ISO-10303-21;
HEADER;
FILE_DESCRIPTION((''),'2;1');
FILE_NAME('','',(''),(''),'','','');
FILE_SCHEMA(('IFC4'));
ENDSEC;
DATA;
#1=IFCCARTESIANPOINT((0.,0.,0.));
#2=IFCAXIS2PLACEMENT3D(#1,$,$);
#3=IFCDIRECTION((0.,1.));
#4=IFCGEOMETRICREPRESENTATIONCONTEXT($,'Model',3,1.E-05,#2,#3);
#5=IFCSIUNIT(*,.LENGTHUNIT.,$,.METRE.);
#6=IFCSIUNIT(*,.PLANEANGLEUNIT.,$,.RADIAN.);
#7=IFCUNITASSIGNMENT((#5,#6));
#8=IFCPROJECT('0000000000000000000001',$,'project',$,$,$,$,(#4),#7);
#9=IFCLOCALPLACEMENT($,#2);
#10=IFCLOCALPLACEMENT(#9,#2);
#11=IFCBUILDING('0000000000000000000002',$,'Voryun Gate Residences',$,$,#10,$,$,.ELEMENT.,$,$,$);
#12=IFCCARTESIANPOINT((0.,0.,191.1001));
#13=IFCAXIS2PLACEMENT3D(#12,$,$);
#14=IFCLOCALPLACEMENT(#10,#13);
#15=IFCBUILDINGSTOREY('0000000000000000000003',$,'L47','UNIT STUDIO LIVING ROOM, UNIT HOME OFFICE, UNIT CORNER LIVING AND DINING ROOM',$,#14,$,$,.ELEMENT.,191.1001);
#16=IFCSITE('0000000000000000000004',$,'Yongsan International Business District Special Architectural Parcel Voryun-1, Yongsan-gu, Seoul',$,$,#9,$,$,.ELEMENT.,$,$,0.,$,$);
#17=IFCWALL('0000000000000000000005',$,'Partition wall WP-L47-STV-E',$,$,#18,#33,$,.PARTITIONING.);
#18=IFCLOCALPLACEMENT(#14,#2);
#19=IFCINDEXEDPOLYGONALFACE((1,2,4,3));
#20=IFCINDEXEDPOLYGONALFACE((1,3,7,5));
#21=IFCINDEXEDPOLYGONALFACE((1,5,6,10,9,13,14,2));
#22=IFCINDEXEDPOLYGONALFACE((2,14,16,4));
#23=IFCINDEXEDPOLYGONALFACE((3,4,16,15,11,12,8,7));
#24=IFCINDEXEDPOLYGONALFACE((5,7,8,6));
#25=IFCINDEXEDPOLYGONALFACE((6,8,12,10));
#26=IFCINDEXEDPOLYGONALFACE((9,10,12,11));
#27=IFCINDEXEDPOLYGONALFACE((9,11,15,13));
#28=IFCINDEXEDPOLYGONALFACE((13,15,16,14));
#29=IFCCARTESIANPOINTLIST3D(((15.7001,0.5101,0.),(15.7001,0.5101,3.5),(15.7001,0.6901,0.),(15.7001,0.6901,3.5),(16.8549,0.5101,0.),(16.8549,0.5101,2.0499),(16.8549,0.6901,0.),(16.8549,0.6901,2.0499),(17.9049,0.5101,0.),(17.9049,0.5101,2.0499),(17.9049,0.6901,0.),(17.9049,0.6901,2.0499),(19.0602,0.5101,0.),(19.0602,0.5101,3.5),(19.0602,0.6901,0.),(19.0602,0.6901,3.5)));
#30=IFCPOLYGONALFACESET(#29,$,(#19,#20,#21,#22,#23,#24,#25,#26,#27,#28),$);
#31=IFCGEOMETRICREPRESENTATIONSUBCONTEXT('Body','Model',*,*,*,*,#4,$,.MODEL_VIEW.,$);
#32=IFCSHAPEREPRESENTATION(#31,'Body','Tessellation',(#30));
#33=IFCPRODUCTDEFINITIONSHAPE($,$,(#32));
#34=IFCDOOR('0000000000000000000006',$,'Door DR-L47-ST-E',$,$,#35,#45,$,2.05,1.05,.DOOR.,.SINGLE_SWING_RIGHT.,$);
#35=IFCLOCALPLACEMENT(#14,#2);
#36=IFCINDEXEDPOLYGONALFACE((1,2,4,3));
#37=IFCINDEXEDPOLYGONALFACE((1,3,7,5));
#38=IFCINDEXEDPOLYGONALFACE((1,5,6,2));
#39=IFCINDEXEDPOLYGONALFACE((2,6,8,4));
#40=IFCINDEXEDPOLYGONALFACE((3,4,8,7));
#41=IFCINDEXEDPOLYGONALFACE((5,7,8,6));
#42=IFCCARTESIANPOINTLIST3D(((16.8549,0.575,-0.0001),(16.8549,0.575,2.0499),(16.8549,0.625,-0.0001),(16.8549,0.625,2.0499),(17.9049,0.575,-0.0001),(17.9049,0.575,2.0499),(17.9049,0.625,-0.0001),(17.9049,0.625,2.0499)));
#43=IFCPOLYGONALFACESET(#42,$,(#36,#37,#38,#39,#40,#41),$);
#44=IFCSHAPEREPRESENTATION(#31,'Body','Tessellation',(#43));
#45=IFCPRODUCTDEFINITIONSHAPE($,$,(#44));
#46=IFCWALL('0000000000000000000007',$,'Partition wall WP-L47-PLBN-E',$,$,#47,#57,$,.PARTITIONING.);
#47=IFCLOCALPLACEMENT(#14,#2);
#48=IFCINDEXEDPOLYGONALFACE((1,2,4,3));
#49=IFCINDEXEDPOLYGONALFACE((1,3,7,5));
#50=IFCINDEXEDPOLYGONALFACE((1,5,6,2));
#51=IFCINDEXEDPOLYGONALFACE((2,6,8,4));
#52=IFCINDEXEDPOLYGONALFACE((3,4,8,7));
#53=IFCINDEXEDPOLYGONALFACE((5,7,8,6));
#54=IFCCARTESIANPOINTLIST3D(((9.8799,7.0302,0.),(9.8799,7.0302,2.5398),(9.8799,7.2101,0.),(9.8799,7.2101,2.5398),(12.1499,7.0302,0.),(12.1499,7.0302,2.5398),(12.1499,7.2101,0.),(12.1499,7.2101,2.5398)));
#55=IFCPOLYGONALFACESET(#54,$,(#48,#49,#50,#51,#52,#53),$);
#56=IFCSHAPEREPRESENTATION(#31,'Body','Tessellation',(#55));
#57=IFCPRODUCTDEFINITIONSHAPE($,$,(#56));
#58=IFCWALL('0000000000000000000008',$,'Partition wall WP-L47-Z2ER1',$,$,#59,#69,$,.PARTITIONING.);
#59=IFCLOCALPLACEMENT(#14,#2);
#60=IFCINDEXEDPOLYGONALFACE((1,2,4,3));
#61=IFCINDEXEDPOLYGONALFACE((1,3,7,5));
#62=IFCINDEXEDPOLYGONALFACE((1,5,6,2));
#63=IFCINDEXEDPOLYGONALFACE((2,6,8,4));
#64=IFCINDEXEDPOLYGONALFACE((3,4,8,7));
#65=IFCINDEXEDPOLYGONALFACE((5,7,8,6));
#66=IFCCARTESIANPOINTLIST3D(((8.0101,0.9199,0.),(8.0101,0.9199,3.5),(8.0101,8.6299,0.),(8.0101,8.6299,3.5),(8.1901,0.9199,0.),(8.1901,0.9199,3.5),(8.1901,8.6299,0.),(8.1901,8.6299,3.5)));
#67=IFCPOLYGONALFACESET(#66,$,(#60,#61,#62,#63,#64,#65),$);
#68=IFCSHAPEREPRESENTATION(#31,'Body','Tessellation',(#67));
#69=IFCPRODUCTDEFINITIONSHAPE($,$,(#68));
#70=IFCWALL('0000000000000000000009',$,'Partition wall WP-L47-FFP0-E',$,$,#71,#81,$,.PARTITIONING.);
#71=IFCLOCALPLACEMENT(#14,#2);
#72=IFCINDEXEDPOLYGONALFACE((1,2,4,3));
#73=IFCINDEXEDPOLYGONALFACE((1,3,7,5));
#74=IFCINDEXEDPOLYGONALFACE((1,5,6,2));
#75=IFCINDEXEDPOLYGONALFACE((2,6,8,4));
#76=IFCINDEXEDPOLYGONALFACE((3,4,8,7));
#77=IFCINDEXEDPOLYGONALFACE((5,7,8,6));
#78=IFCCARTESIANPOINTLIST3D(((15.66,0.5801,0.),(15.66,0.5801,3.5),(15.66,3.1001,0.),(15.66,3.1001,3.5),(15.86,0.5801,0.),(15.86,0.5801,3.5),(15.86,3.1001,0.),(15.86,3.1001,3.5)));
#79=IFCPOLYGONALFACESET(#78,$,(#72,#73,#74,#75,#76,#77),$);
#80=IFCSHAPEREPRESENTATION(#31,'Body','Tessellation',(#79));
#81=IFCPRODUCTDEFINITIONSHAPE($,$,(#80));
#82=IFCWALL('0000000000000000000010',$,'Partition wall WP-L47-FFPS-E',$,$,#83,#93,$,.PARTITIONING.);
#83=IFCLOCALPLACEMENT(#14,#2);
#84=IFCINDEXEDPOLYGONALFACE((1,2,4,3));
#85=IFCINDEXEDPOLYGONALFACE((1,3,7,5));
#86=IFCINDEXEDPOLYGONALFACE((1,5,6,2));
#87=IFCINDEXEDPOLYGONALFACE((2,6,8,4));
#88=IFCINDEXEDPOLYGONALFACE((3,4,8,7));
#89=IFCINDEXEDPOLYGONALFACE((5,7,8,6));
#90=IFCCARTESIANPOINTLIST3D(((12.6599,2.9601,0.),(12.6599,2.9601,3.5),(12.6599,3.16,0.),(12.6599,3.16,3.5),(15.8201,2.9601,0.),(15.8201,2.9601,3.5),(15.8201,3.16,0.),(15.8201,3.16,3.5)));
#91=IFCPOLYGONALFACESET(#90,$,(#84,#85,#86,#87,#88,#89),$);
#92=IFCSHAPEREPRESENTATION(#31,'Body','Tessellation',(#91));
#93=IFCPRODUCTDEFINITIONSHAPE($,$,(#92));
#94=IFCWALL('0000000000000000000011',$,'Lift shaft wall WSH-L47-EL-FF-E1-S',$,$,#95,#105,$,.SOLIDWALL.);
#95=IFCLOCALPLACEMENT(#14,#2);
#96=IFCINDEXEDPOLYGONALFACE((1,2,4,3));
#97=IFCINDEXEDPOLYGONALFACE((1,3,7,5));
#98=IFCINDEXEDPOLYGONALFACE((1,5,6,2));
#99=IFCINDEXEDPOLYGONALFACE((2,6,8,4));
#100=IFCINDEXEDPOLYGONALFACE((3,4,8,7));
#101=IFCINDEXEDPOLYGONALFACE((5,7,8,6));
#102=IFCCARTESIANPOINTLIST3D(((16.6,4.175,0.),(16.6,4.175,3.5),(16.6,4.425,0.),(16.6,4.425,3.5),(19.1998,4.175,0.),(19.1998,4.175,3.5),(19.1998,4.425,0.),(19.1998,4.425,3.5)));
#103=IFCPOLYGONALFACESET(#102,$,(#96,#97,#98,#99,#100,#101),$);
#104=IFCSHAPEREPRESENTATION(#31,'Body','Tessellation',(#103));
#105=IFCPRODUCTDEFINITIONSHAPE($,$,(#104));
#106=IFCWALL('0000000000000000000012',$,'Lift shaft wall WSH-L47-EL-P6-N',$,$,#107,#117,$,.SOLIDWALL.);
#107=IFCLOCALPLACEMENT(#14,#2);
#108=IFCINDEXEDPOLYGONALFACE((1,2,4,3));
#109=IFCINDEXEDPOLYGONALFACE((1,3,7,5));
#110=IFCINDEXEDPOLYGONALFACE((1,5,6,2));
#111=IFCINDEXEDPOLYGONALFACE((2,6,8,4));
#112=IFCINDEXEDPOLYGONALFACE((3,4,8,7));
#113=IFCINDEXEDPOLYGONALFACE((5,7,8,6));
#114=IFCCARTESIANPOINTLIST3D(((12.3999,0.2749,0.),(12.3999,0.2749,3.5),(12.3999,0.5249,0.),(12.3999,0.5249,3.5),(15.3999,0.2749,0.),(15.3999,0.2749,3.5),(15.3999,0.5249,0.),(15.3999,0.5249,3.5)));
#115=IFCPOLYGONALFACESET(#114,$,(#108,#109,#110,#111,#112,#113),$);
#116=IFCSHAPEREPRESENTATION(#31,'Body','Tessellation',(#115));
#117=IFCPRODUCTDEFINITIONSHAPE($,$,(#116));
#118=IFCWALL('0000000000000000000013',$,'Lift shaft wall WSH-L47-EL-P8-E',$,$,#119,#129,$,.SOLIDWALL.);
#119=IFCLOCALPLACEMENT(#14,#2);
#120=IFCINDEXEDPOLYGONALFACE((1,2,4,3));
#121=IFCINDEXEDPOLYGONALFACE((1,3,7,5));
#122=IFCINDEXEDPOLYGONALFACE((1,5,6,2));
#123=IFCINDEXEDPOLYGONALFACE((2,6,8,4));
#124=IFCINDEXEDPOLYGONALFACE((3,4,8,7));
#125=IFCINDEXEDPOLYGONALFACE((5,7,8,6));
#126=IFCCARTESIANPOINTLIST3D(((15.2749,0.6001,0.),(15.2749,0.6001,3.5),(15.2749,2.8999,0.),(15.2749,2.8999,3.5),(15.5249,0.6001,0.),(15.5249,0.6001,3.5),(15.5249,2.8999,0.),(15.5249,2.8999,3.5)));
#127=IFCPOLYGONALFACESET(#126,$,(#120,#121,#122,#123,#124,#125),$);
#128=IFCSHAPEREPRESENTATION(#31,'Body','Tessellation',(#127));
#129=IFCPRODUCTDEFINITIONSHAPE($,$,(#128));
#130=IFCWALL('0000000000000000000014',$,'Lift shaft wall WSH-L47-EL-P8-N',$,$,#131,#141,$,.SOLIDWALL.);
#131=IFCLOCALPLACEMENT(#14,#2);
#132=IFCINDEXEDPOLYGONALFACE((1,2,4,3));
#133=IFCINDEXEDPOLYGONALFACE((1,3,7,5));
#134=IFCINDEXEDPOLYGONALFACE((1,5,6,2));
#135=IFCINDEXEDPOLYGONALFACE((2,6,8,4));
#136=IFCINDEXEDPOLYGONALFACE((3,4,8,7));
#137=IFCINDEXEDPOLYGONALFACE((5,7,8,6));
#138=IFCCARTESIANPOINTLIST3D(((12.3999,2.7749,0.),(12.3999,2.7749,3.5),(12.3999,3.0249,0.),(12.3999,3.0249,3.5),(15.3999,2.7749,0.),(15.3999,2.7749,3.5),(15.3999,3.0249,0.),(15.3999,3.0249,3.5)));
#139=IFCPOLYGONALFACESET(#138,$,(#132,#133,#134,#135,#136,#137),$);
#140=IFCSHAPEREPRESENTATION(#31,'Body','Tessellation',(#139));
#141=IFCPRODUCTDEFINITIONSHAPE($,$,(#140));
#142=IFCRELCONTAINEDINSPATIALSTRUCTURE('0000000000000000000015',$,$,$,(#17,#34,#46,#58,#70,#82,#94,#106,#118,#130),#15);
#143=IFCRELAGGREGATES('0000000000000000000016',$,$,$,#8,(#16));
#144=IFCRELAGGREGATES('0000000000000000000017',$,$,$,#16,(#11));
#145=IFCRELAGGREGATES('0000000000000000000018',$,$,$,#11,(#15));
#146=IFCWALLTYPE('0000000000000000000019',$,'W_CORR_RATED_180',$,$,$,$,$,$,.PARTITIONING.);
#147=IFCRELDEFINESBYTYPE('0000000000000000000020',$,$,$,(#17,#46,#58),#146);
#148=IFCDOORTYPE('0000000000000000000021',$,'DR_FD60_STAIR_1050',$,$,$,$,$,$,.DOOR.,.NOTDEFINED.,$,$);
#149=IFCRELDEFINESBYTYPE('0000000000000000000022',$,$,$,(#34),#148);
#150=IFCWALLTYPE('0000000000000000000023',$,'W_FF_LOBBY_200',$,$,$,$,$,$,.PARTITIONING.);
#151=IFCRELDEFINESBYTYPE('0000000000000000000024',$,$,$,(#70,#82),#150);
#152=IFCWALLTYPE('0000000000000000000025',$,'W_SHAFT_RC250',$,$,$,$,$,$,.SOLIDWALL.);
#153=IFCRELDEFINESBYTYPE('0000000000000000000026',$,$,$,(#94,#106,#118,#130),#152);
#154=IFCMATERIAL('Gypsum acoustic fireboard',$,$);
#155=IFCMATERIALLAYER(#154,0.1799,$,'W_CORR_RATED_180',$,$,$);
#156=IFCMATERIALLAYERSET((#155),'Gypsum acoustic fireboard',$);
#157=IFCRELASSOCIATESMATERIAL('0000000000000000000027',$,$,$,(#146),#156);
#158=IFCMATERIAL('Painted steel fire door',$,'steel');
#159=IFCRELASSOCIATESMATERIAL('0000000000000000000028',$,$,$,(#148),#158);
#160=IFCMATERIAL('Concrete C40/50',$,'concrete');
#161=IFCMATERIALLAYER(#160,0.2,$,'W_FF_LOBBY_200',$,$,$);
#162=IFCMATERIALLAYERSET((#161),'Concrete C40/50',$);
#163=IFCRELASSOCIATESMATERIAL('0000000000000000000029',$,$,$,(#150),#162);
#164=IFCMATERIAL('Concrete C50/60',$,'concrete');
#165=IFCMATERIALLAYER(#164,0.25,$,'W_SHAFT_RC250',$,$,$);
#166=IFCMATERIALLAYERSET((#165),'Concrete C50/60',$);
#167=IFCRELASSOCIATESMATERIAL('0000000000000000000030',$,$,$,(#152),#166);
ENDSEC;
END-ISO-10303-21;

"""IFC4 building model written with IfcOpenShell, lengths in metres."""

from ifc_helpers import new_model, si_unit, direction, frame, frame_2d, origin, place, context, subcontext, project, spatial, rectangle, extrude, material, layer, layer_set, type_object, element, fill, save


model = new_model("IFC4")

# Units and contexts
model_context = context("Model", 3, precision=1e-05, world=origin(), true_north=direction((0.0, 1.0)))
body_context = subcontext(model_context, "Body", "Model", "MODEL_VIEW")
ifc_project = project(units=[si_unit("LENGTHUNIT", "METRE"), si_unit("PLANEANGLEUNIT", "RADIAN")], contexts=[model_context])

# Site, building, storey
site_placement = place(None, origin())
site = spatial("IfcSite", under=ifc_project, at=site_placement, Name="Yongsan International Business District Special Architectural Parcel Voryun-1, Yongsan-gu, Seoul", CompositionType="ELEMENT", RefElevation=0.0)
building_placement = place(site_placement, origin())
building = spatial("IfcBuilding", under=site, at=building_placement, Name="Voryun Gate Residences", CompositionType="ELEMENT")
storey_placement = place(building_placement, frame((0.0, 0.0, 191.1001)))
storey = spatial("IfcBuildingStorey", under=building, at=storey_placement, Name="L47", Description="UNIT STUDIO LIVING ROOM, UNIT HOME OFFICE, UNIT CORNER LIVING AND DINING ROOM", CompositionType="ELEMENT", Elevation=191.1001)

# Wall, opening, door
ifc_material_1 = material(Name="Gypsum acoustic fireboard")
ifc_layer_1 = layer(ifc_material_1, 0.1799, Name="W_CORR_RATED_180")
ifc_layer_set_1 = layer_set([ifc_layer_1], Name="Gypsum acoustic fireboard")
wall_type_1 = type_object("IfcWallType", Name="W_CORR_RATED_180", PredefinedType="PARTITIONING", material=ifc_layer_set_1)
wall_1_placement = place(storey_placement, frame((15.7, 0.6001, 0.0), z_axis=(0.0, 0.0, 1.0), x_axis=(1.0, 0.0, 0.0)))
wall_1 = element("IfcWall", 1, at=wall_1_placement, inside=storey, type_object=wall_type_1, Name="Partition wall WP-L47-STV-E", PredefinedType="PARTITIONING", context=body_context, shape_type="SweptSolid", body=[
    extrude(rectangle(XDim=3.3601, YDim=0.1799, at=frame_2d((1.6802, 0.0))), origin(), (0.0, 0.0, 1.0), 3.5),
])
opening_placement = place(wall_1_placement, frame((1.155, 0.0, 0.0)))
opening = element("IfcOpeningElement", 2, at=opening_placement, cuts=wall_1, PredefinedType="OPENING", context=body_context, shape_type="SweptSolid", body=[
    extrude(rectangle(XDim=1.05, YDim=2.05, at=frame_2d((0.5249, 1.0249))), frame((0.0, 0.0999, 0.0), z_axis=(0.0, -1.0, 0.0), x_axis=(1.0, 0.0, 0.0)), (0.0, 0.0, 1.0), 0.2),
])
ifc_material_2 = material(Name="Painted steel fire door", Category="steel")
door_type = type_object("IfcDoorType", Name="DR_FD60_STAIR_1050", OperationType="NOTDEFINED", PredefinedType="DOOR", material=ifc_material_2)
door_placement = place(opening_placement, origin())
door = element("IfcDoor", 3, at=door_placement, inside=storey, type_object=door_type, Name="Door DR-L47-ST-E", OperationType="SINGLE_SWING_RIGHT", OverallHeight=2.05, OverallWidth=1.05, PredefinedType="DOOR", context=body_context, shape_type="SweptSolid", body=[
    extrude(rectangle(XDim=1.05, YDim=2.05, at=frame_2d((0.5249, 1.0249))), frame((0.0, 0.0249, 0.0), z_axis=(0.0, -1.0, 0.0), x_axis=(1.0, 0.0, 0.0)), (0.0, 0.0, 1.0), 0.05),
])
fill(opening, door)

# Walls
wall_2_placement = place(storey_placement, frame((9.8799, 7.1201, 0.0), z_axis=(0.0, 0.0, 1.0), x_axis=(1.0, 0.0, 0.0)))
element("IfcWall", 4, at=wall_2_placement, inside=storey, type_object=wall_type_1, Name="Partition wall WP-L47-PLBN-E", PredefinedType="PARTITIONING", context=body_context, shape_type="SweptSolid", body=[
    extrude(rectangle(XDim=2.27, YDim=0.1799, at=frame_2d((1.135, 0.0))), origin(), (0.0, 0.0, 1.0), 2.5398),
])
wall_3_placement = place(storey_placement, frame((8.1001, 0.9199, 0.0), z_axis=(0.0, 0.0, 1.0), x_axis=(0.0, 1.0, 0.0)))
element("IfcWall", 5, at=wall_3_placement, inside=storey, type_object=wall_type_1, Name="Partition wall WP-L47-Z2ER1", PredefinedType="PARTITIONING", context=body_context, shape_type="SweptSolid", body=[
    extrude(rectangle(XDim=7.71, YDim=0.1799, at=frame_2d((3.855, 0.0))), origin(), (0.0, 0.0, 1.0), 3.5),
])
ifc_material_3 = material(Name="Concrete C40/50", Category="concrete")
ifc_layer_2 = layer(ifc_material_3, 0.2, Name="W_FF_LOBBY_200")
ifc_layer_set_2 = layer_set([ifc_layer_2], Name="Concrete C40/50")
wall_type_2 = type_object("IfcWallType", Name="W_FF_LOBBY_200", PredefinedType="PARTITIONING", material=ifc_layer_set_2)
wall_4_placement = place(storey_placement, frame((15.76, 0.5801, 0.0), z_axis=(0.0, 0.0, 1.0), x_axis=(0.0, 1.0, 0.0)))
element("IfcWall", 6, at=wall_4_placement, inside=storey, type_object=wall_type_2, Name="Partition wall WP-L47-FFP0-E", PredefinedType="PARTITIONING", context=body_context, shape_type="SweptSolid", body=[
    extrude(rectangle(XDim=2.52, YDim=0.2, at=frame_2d((1.26, 0.0))), origin(), (0.0, 0.0, 1.0), 3.5),
])
wall_5_placement = place(storey_placement, frame((12.6599, 3.0601, 0.0), z_axis=(0.0, 0.0, 1.0), x_axis=(1.0, 0.0, 0.0)))
element("IfcWall", 7, at=wall_5_placement, inside=storey, type_object=wall_type_2, Name="Partition wall WP-L47-FFPS-E", PredefinedType="PARTITIONING", context=body_context, shape_type="SweptSolid", body=[
    extrude(rectangle(XDim=3.1602, YDim=0.2, at=frame_2d((1.5801, 0.0))), origin(), (0.0, 0.0, 1.0), 3.5),
])
ifc_material_4 = material(Name="Concrete C50/60", Category="concrete")
ifc_layer_3 = layer(ifc_material_4, 0.25, Name="W_SHAFT_RC250")
ifc_layer_set_3 = layer_set([ifc_layer_3], Name="Concrete C50/60")
wall_type_3 = type_object("IfcWallType", Name="W_SHAFT_RC250", PredefinedType="SOLIDWALL", material=ifc_layer_set_3)
wall_6_placement = place(storey_placement, frame((16.6001, 4.3, 0.0), z_axis=(0.0, 0.0, 1.0), x_axis=(1.0, 0.0, 0.0)))
element("IfcWall", 8, at=wall_6_placement, inside=storey, type_object=wall_type_3, Name="Lift shaft wall WSH-L47-EL-FF-E1-S", PredefinedType="SOLIDWALL", context=body_context, shape_type="SweptSolid", body=[
    extrude(rectangle(XDim=2.5999, YDim=0.25, at=frame_2d((1.2998, 0.0))), origin(), (0.0, 0.0, 1.0), 3.5),
])
wall_7_placement = place(storey_placement, frame((15.3999, 0.3999, 0.0), z_axis=(0.0, 0.0, 1.0), x_axis=(-1.0, 0.0, 0.0)))
element("IfcWall", 9, at=wall_7_placement, inside=storey, type_object=wall_type_3, Name="Lift shaft wall WSH-L47-EL-P6-N", PredefinedType="SOLIDWALL", context=body_context, shape_type="SweptSolid", body=[
    extrude(rectangle(XDim=3.0, YDim=0.25, at=frame_2d((1.5, 0.0))), origin(), (0.0, 0.0, 1.0), 3.5),
])
wall_8_placement = place(storey_placement, frame((15.3999, 0.6001, 0.0), z_axis=(0.0, 0.0, 1.0), x_axis=(0.0, 1.0, 0.0)))
element("IfcWall", 10, at=wall_8_placement, inside=storey, type_object=wall_type_3, Name="Lift shaft wall WSH-L47-EL-P8-E", PredefinedType="SOLIDWALL", context=body_context, shape_type="SweptSolid", body=[
    extrude(rectangle(XDim=2.2998, YDim=0.25, at=frame_2d((1.1499, 0.0))), origin(), (0.0, 0.0, 1.0), 3.5),
])
wall_9_placement = place(storey_placement, frame((15.3999, 2.8999, 0.0), z_axis=(0.0, 0.0, 1.0), x_axis=(-1.0, 0.0, 0.0)))
element("IfcWall", 11, at=wall_9_placement, inside=storey, type_object=wall_type_3, Name="Lift shaft wall WSH-L47-EL-P8-N", PredefinedType="SOLIDWALL", context=body_context, shape_type="SweptSolid", body=[
    extrude(rectangle(XDim=3.0, YDim=0.25, at=frame_2d((1.5, 0.0))), origin(), (0.0, 0.0, 1.0), 3.5),
])

save(model, "model.ifc")
